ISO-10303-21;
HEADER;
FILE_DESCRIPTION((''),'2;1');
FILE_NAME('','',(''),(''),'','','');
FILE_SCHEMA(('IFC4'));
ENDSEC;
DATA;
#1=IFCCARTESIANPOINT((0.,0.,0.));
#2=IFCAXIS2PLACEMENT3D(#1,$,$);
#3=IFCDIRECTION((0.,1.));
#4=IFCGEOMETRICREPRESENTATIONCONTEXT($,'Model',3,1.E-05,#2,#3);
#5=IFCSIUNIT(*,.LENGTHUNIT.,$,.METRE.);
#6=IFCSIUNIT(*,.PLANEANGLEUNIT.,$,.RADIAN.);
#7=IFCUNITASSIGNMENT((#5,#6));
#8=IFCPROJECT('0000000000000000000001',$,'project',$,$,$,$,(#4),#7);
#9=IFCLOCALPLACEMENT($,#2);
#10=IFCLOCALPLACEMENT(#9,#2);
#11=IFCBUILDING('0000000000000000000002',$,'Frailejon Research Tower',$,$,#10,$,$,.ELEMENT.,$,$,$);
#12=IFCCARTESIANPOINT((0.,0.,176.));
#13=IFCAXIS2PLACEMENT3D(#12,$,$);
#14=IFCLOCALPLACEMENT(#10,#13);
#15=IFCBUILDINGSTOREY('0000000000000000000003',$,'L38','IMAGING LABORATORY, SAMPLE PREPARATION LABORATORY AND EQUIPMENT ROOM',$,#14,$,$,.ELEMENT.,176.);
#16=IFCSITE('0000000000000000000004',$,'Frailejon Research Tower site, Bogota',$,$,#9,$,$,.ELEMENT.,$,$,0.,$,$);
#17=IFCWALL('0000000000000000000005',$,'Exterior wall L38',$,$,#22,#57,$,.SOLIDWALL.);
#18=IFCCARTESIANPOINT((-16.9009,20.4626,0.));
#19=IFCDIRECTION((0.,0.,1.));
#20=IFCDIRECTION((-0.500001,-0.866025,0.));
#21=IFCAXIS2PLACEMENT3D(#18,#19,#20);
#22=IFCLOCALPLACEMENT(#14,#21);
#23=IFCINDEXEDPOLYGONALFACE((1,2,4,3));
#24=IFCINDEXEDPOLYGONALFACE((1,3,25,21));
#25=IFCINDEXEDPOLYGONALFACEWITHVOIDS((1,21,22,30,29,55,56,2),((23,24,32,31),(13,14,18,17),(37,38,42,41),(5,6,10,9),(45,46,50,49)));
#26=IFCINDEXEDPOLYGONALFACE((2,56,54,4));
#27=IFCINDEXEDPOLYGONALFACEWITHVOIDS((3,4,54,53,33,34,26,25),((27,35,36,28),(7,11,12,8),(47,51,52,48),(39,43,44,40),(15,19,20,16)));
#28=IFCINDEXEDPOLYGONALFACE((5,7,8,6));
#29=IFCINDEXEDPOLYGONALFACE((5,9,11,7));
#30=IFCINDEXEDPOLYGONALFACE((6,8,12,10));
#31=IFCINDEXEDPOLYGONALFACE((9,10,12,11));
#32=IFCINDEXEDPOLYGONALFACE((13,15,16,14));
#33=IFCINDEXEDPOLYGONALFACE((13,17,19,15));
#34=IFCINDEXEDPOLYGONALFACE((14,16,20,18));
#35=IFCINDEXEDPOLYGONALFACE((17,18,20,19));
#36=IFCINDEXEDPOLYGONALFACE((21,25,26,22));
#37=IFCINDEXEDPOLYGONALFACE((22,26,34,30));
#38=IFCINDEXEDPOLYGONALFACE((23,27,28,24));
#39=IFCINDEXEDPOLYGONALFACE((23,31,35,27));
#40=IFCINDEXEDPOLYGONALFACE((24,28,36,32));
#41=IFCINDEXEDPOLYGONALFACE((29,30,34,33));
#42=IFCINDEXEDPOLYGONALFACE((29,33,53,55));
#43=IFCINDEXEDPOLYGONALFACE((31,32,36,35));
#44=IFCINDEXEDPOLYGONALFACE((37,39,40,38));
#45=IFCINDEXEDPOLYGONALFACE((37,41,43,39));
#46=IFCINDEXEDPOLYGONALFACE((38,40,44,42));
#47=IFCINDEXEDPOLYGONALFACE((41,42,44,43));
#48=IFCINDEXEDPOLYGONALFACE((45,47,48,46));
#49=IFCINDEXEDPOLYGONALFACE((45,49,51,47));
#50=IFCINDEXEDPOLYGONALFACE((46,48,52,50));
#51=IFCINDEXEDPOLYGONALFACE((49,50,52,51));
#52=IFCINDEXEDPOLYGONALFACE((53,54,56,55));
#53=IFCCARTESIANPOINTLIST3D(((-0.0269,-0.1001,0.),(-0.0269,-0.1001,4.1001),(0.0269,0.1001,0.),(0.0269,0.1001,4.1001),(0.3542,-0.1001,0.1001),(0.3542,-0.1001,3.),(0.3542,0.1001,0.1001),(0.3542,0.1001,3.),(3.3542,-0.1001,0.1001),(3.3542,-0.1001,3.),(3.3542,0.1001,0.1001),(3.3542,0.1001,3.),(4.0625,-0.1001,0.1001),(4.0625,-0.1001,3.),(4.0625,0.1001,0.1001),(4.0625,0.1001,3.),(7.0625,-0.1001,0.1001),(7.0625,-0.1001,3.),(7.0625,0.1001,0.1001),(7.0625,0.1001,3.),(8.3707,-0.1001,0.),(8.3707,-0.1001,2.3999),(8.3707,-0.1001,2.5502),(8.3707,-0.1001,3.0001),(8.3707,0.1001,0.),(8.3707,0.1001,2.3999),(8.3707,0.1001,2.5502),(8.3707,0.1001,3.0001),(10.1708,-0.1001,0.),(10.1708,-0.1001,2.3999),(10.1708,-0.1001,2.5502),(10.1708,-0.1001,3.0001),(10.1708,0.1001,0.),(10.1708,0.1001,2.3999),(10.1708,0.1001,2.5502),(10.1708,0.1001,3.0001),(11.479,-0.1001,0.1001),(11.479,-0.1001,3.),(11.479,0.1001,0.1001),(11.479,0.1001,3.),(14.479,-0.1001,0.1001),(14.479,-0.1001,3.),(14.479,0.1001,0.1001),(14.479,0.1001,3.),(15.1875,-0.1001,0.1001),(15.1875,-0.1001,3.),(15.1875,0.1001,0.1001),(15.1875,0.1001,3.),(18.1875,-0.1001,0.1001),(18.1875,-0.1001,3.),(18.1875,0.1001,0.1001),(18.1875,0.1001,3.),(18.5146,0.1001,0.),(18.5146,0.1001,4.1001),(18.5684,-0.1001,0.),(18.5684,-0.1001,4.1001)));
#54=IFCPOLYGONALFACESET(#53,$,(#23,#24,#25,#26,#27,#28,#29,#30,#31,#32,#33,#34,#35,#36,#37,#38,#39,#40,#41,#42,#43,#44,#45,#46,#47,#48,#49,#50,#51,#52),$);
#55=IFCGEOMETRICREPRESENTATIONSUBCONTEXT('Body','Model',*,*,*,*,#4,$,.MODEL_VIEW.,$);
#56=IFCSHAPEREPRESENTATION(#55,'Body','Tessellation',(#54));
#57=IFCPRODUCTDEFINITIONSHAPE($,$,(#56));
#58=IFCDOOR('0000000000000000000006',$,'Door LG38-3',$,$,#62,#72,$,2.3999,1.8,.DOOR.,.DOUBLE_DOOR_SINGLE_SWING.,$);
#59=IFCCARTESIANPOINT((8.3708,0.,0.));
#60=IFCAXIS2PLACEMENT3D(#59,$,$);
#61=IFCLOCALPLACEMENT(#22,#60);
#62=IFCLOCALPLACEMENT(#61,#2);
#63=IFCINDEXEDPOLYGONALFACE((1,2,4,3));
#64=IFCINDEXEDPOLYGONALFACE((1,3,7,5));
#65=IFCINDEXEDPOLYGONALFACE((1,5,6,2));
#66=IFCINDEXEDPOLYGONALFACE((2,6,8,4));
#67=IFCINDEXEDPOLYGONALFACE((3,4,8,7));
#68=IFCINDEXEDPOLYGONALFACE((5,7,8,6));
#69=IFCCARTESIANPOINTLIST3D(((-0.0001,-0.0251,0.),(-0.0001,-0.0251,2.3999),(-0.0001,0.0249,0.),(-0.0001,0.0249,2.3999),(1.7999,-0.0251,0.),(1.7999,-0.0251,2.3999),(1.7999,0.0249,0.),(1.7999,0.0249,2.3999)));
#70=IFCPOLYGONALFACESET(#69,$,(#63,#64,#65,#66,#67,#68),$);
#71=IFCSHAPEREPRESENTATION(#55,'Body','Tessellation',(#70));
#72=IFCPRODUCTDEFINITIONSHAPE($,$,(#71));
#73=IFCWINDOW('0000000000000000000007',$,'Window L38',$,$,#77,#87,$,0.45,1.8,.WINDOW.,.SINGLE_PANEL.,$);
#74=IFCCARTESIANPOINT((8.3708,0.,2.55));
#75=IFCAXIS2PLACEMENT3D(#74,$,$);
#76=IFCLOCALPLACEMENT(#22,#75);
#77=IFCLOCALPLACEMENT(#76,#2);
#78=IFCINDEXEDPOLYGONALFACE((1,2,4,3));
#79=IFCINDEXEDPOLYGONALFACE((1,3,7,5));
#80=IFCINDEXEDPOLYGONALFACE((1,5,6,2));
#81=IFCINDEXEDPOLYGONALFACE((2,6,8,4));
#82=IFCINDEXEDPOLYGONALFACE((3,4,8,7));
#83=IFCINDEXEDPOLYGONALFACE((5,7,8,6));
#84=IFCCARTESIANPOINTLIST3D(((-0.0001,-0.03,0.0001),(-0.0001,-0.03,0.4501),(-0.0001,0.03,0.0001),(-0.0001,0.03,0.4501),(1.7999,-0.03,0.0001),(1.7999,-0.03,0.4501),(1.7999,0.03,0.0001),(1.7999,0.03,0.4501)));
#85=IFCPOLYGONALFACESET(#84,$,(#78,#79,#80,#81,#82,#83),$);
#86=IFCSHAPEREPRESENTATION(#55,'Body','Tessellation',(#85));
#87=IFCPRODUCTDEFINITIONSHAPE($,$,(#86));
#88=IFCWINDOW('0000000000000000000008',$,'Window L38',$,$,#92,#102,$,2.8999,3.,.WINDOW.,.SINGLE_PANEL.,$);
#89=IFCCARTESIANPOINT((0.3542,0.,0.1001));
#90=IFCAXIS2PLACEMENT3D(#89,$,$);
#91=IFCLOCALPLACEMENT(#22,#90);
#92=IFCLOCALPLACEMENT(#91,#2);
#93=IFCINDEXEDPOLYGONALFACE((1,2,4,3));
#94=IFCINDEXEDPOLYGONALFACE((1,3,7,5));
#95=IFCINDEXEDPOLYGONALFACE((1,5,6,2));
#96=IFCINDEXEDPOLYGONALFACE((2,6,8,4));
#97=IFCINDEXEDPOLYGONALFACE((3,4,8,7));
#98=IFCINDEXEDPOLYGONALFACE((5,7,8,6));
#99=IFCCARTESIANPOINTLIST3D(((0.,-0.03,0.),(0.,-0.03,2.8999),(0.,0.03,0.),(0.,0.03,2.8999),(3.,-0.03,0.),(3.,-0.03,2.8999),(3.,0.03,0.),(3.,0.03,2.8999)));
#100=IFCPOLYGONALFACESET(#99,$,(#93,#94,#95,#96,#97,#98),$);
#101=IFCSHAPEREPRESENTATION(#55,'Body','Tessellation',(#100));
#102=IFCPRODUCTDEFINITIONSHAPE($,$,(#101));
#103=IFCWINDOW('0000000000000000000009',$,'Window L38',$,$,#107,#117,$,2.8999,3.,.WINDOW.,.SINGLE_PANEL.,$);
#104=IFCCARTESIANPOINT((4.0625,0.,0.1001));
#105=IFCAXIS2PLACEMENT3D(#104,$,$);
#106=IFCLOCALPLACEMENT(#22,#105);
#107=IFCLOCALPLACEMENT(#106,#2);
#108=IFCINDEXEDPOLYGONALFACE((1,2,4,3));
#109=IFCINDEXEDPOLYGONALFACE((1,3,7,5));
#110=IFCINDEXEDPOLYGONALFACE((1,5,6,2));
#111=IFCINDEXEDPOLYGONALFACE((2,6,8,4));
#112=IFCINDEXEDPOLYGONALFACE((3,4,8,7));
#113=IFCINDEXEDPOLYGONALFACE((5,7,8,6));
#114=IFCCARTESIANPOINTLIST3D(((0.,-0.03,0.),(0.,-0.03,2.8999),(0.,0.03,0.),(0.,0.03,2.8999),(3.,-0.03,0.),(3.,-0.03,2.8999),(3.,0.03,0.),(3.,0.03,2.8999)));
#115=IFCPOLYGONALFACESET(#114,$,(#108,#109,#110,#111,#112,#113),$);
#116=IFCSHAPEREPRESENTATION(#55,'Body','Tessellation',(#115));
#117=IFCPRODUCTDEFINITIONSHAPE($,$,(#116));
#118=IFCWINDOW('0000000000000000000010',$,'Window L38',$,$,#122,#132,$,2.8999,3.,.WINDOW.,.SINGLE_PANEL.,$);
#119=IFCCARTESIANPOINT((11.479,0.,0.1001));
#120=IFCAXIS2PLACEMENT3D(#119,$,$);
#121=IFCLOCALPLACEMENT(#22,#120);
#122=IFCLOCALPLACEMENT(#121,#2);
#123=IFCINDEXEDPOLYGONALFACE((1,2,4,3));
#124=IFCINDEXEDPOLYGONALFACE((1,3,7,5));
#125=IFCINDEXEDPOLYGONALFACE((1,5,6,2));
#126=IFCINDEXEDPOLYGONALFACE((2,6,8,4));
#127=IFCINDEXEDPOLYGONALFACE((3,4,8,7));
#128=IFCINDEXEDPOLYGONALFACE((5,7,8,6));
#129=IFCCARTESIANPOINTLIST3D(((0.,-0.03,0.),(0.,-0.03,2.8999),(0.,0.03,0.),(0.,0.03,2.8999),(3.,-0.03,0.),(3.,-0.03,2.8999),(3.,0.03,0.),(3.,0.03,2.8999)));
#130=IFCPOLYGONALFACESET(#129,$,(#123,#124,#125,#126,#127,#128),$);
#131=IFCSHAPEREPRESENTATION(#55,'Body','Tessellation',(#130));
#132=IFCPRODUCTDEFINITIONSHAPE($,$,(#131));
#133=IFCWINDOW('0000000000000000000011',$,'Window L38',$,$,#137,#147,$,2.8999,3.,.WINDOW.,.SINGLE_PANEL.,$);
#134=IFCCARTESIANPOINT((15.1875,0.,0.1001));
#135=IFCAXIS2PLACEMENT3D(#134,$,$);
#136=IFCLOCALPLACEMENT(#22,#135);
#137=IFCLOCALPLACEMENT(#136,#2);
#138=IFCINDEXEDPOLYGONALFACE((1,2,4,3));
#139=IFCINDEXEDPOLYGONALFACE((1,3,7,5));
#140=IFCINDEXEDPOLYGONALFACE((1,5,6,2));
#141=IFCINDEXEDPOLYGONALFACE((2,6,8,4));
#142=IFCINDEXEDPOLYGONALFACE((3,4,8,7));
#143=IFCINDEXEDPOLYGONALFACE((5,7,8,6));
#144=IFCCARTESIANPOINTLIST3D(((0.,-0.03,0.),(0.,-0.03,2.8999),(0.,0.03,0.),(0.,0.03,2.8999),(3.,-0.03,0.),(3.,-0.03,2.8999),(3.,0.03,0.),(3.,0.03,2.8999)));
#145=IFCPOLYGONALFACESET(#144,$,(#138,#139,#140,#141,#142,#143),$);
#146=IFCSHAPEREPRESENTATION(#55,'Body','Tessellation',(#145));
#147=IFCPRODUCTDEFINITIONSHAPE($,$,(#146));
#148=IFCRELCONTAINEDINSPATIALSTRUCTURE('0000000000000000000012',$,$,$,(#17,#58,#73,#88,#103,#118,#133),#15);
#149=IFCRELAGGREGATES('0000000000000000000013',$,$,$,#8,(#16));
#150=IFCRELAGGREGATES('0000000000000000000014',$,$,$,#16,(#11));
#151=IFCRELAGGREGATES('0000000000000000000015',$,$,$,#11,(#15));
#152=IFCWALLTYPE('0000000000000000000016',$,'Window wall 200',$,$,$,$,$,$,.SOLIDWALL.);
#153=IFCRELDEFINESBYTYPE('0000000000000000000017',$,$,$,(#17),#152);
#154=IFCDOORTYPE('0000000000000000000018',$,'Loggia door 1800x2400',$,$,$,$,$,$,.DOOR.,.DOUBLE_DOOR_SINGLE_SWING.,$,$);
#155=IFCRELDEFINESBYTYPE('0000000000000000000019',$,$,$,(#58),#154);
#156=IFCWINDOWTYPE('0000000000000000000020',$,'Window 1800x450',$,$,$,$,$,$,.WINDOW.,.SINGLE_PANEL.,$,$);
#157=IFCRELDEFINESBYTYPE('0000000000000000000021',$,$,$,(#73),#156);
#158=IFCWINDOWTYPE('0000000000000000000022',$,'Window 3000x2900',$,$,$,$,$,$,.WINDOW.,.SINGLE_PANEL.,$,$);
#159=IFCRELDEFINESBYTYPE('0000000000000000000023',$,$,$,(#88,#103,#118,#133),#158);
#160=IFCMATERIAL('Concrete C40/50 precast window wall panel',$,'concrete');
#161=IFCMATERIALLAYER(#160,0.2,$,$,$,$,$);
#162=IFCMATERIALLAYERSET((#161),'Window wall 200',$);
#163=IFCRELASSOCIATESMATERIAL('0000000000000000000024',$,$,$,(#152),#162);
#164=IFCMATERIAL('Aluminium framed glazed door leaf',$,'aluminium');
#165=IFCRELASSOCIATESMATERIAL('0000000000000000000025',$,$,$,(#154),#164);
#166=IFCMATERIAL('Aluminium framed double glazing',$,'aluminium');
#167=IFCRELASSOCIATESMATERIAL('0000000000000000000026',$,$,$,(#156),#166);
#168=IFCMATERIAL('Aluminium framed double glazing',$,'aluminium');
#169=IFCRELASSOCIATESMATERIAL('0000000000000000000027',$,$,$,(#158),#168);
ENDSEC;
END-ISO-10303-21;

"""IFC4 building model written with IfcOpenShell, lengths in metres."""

from ifc_helpers import new_model, si_unit, direction, frame, frame_2d, origin, place, context, subcontext, project, spatial, polyline, rectangle, outline, extrude, material, layer, layer_set, type_object, element, fill, save


model = new_model("IFC4")

# Units and contexts
model_context = context("Model", 3, precision=1e-05, world=origin(), true_north=direction((0.0, 1.0)))
body_context = subcontext(model_context, "Body", "Model", "MODEL_VIEW")
ifc_project = project(units=[si_unit("LENGTHUNIT", "METRE"), si_unit("PLANEANGLEUNIT", "RADIAN")], contexts=[model_context])

# Site, building, storey
site_placement = place(None, origin())
site = spatial("IfcSite", under=ifc_project, at=site_placement, Name="Frailejon Research Tower site, Bogota", CompositionType="ELEMENT", RefElevation=0.0)
building_placement = place(site_placement, origin())
building = spatial("IfcBuilding", under=site, at=building_placement, Name="Frailejon Research Tower", CompositionType="ELEMENT")
storey_placement = place(building_placement, frame((0.0, 0.0, 176.0)))
storey = spatial("IfcBuildingStorey", under=building, at=storey_placement, Name="L38", Description="IMAGING LABORATORY, SAMPLE PREPARATION LABORATORY AND EQUIPMENT ROOM", CompositionType="ELEMENT", Elevation=176.0)

# Wall, openings, door, windows
ifc_material_1 = material(Name="Concrete C40/50 precast window wall panel", Category="concrete")
ifc_layer_1 = layer(ifc_material_1, 0.2)
ifc_layer_set_1 = layer_set([ifc_layer_1], Name="Window wall 200")
wall_type_1 = type_object("IfcWallType", Name="Window wall 200", PredefinedType="SOLIDWALL", material=ifc_layer_set_1)
wall_1_placement = place(storey_placement, frame((-16.9009, 20.4626, 0.0), z_axis=(0.0, 0.0, 1.0), x_axis=(-0.500001, -0.866025, 0.0)))
wall_1 = element("IfcWall", 1, at=wall_1_placement, inside=storey, type_object=wall_type_1, Name="Exterior wall L38", PredefinedType="SOLIDWALL", context=body_context, shape_type="SweptSolid", body=[
    extrude(outline(polyline([(-0.0269, -0.1001), (1.0061, -0.1001), (2.0393, -0.1001), (3.0723, -0.1001), (4.1055, -0.1001), (5.1384, -0.1001), (6.1716, -0.1001), (7.2046, -0.1001), (8.2378, -0.1001), (9.2708, -0.1001), (10.3037, -0.1001), (11.3369, -0.1001), (12.3699, -0.1001), (13.4031, -0.1001), (14.436, -0.1001), (15.4692, -0.1001), (16.5022, -0.1001), (17.5354, -0.1001), (18.5684, -0.1001), (18.5146, 0.1001), (17.4875, 0.1001), (16.4604, 0.1001), (15.4333, 0.1001), (14.4062, 0.1001), (13.3792, 0.1001), (12.3521, 0.1001), (11.325, 0.1001), (10.2979, 0.1001), (9.2708, 0.1001), (8.2437, 0.1001), (7.2166, 0.1001), (6.1895, 0.1001), (5.1624, 0.1001), (4.1353, 0.1001), (3.1082, 0.1001), (2.0811, 0.1001), (1.054, 0.1001), (0.0269, 0.1001), (-0.0269, -0.1001)])), origin(), (0.0, 0.0, 1.0), 4.1001),
])
opening_1_placement = place(wall_1_placement, frame((0.3542, 0.0, 0.1001)))
opening_1 = element("IfcOpeningElement", 2, at=opening_1_placement, cuts=wall_1, PredefinedType="OPENING", context=body_context, shape_type="SweptSolid", body=[
    extrude(rectangle(XDim=3.0, YDim=2.8999, at=frame_2d((1.5, 1.45))), frame((0.0, 0.1099, 0.0), z_axis=(0.0, -1.0, 0.0), x_axis=(1.0, 0.0, 0.0)), (0.0, 0.0, 1.0), 0.22),
])
opening_2_placement = place(wall_1_placement, frame((4.0625, 0.0, 0.1001)))
opening_2 = element("IfcOpeningElement", 3, at=opening_2_placement, cuts=wall_1, PredefinedType="OPENING", context=body_context, shape_type="SweptSolid", body=[
    extrude(rectangle(XDim=3.0, YDim=2.8999, at=frame_2d((1.5, 1.45))), frame((0.0, 0.1099, 0.0), z_axis=(0.0, -1.0, 0.0), x_axis=(1.0, 0.0, 0.0)), (0.0, 0.0, 1.0), 0.22),
])
opening_3_placement = place(wall_1_placement, frame((8.3708, 0.0, 0.0)))
opening_3 = element("IfcOpeningElement", 4, at=opening_3_placement, cuts=wall_1, PredefinedType="OPENING", context=body_context, shape_type="SweptSolid", body=[
    extrude(rectangle(XDim=1.8, YDim=2.3999, at=frame_2d((0.8999, 1.2))), frame((0.0, 0.1099, 0.0), z_axis=(0.0, -1.0, 0.0), x_axis=(1.0, 0.0, 0.0)), (0.0, 0.0, 1.0), 0.22),
])
opening_4_placement = place(wall_1_placement, frame((8.3708, 0.0, 2.55)))
opening_4 = element("IfcOpeningElement", 5, at=opening_4_placement, cuts=wall_1, PredefinedType="OPENING", context=body_context, shape_type="SweptSolid", body=[
    extrude(rectangle(XDim=1.8, YDim=0.45, at=frame_2d((0.8999, 0.2251))), frame((0.0, 0.1099, 0.0), z_axis=(0.0, -1.0, 0.0), x_axis=(1.0, 0.0, 0.0)), (0.0, 0.0, 1.0), 0.22),
])
opening_5_placement = place(wall_1_placement, frame((11.479, 0.0, 0.1001)))
opening_5 = element("IfcOpeningElement", 6, at=opening_5_placement, cuts=wall_1, PredefinedType="OPENING", context=body_context, shape_type="SweptSolid", body=[
    extrude(rectangle(XDim=3.0, YDim=2.8999, at=frame_2d((1.5, 1.45))), frame((0.0, 0.1099, 0.0), z_axis=(0.0, -1.0, 0.0), x_axis=(1.0, 0.0, 0.0)), (0.0, 0.0, 1.0), 0.22),
])
opening_6_placement = place(wall_1_placement, frame((15.1875, 0.0, 0.1001)))
opening_6 = element("IfcOpeningElement", 7, at=opening_6_placement, cuts=wall_1, PredefinedType="OPENING", context=body_context, shape_type="SweptSolid", body=[
    extrude(rectangle(XDim=3.0, YDim=2.8999, at=frame_2d((1.5, 1.45))), frame((0.0, 0.1099, 0.0), z_axis=(0.0, -1.0, 0.0), x_axis=(1.0, 0.0, 0.0)), (0.0, 0.0, 1.0), 0.22),
])
ifc_material_2 = material(Name="Aluminium framed glazed door leaf", Category="aluminium")
door_type_1 = type_object("IfcDoorType", Name="Loggia door 1800x2400", OperationType="DOUBLE_DOOR_SINGLE_SWING", PredefinedType="DOOR", material=ifc_material_2)
door_1_placement = place(opening_3_placement, origin())
door_1 = element("IfcDoor", 8, at=door_1_placement, inside=storey, type_object=door_type_1, Name="Door LG38-3", OperationType="DOUBLE_DOOR_SINGLE_SWING", OverallHeight=2.3999, OverallWidth=1.8, PredefinedType="DOOR", context=body_context, shape_type="SweptSolid", body=[
    extrude(rectangle(XDim=1.8, YDim=2.3999, at=frame_2d((0.8999, 1.2))), frame((0.0, 0.0249, 0.0), z_axis=(0.0, -1.0, 0.0), x_axis=(1.0, 0.0, 0.0)), (0.0, 0.0, 1.0), 0.05),
])
fill(opening_3, door_1)
ifc_material_3 = material(Name="Aluminium framed double glazing", Category="aluminium")
window_type_1 = type_object("IfcWindowType", Name="Window 1800x450", PartitioningType="SINGLE_PANEL", PredefinedType="WINDOW", material=ifc_material_3)
window_1_placement = place(opening_4_placement, origin())
window_1 = element("IfcWindow", 9, at=window_1_placement, inside=storey, type_object=window_type_1, Name="Window L38", OverallHeight=0.45, OverallWidth=1.8, PartitioningType="SINGLE_PANEL", PredefinedType="WINDOW", context=body_context, shape_type="SweptSolid", body=[
    extrude(rectangle(XDim=1.8, YDim=0.45, at=frame_2d((0.8999, 0.2251))), frame((0.0, 0.03, 0.0), z_axis=(0.0, -1.0, 0.0), x_axis=(1.0, 0.0, 0.0)), (0.0, 0.0, 1.0), 0.0601),
])
fill(opening_4, window_1)
ifc_material_4 = material(Name="Aluminium framed double glazing", Category="aluminium")
window_type_2 = type_object("IfcWindowType", Name="Window 3000x2900", PartitioningType="SINGLE_PANEL", PredefinedType="WINDOW", material=ifc_material_4)
window_2_placement = place(opening_1_placement, origin())
window_2 = element("IfcWindow", 10, at=window_2_placement, inside=storey, type_object=window_type_2, Name="Window L38", OverallHeight=2.8999, OverallWidth=3.0, PartitioningType="SINGLE_PANEL", PredefinedType="WINDOW", context=body_context, shape_type="SweptSolid", body=[
    extrude(rectangle(XDim=3.0, YDim=2.8999, at=frame_2d((1.5, 1.45))), frame((0.0, 0.03, 0.0), z_axis=(0.0, -1.0, 0.0), x_axis=(1.0, 0.0, 0.0)), (0.0, 0.0, 1.0), 0.0601),
])
fill(opening_1, window_2)
window_3_placement = place(opening_2_placement, origin())
window_3 = element("IfcWindow", 11, at=window_3_placement, inside=storey, type_object=window_type_2, Name="Window L38", OverallHeight=2.8999, OverallWidth=3.0, PartitioningType="SINGLE_PANEL", PredefinedType="WINDOW", context=body_context, shape_type="SweptSolid", body=[
    extrude(rectangle(XDim=3.0, YDim=2.8999, at=frame_2d((1.5, 1.45))), frame((0.0, 0.03, 0.0), z_axis=(0.0, -1.0, 0.0), x_axis=(1.0, 0.0, 0.0)), (0.0, 0.0, 1.0), 0.0601),
])
fill(opening_2, window_3)
window_4_placement = place(opening_5_placement, origin())
window_4 = element("IfcWindow", 12, at=window_4_placement, inside=storey, type_object=window_type_2, Name="Window L38", OverallHeight=2.8999, OverallWidth=3.0, PartitioningType="SINGLE_PANEL", PredefinedType="WINDOW", context=body_context, shape_type="SweptSolid", body=[
    extrude(rectangle(XDim=3.0, YDim=2.8999, at=frame_2d((1.5, 1.45))), frame((0.0, 0.03, 0.0), z_axis=(0.0, -1.0, 0.0), x_axis=(1.0, 0.0, 0.0)), (0.0, 0.0, 1.0), 0.0601),
])
fill(opening_5, window_4)
window_5_placement = place(opening_6_placement, origin())
window_5 = element("IfcWindow", 13, at=window_5_placement, inside=storey, type_object=window_type_2, Name="Window L38", OverallHeight=2.8999, OverallWidth=3.0, PartitioningType="SINGLE_PANEL", PredefinedType="WINDOW", context=body_context, shape_type="SweptSolid", body=[
    extrude(rectangle(XDim=3.0, YDim=2.8999, at=frame_2d((1.5, 1.45))), frame((0.0, 0.03, 0.0), z_axis=(0.0, -1.0, 0.0), x_axis=(1.0, 0.0, 0.0)), (0.0, 0.0, 1.0), 0.0601),
])
fill(opening_6, window_5)

save(model, "model.ifc")
